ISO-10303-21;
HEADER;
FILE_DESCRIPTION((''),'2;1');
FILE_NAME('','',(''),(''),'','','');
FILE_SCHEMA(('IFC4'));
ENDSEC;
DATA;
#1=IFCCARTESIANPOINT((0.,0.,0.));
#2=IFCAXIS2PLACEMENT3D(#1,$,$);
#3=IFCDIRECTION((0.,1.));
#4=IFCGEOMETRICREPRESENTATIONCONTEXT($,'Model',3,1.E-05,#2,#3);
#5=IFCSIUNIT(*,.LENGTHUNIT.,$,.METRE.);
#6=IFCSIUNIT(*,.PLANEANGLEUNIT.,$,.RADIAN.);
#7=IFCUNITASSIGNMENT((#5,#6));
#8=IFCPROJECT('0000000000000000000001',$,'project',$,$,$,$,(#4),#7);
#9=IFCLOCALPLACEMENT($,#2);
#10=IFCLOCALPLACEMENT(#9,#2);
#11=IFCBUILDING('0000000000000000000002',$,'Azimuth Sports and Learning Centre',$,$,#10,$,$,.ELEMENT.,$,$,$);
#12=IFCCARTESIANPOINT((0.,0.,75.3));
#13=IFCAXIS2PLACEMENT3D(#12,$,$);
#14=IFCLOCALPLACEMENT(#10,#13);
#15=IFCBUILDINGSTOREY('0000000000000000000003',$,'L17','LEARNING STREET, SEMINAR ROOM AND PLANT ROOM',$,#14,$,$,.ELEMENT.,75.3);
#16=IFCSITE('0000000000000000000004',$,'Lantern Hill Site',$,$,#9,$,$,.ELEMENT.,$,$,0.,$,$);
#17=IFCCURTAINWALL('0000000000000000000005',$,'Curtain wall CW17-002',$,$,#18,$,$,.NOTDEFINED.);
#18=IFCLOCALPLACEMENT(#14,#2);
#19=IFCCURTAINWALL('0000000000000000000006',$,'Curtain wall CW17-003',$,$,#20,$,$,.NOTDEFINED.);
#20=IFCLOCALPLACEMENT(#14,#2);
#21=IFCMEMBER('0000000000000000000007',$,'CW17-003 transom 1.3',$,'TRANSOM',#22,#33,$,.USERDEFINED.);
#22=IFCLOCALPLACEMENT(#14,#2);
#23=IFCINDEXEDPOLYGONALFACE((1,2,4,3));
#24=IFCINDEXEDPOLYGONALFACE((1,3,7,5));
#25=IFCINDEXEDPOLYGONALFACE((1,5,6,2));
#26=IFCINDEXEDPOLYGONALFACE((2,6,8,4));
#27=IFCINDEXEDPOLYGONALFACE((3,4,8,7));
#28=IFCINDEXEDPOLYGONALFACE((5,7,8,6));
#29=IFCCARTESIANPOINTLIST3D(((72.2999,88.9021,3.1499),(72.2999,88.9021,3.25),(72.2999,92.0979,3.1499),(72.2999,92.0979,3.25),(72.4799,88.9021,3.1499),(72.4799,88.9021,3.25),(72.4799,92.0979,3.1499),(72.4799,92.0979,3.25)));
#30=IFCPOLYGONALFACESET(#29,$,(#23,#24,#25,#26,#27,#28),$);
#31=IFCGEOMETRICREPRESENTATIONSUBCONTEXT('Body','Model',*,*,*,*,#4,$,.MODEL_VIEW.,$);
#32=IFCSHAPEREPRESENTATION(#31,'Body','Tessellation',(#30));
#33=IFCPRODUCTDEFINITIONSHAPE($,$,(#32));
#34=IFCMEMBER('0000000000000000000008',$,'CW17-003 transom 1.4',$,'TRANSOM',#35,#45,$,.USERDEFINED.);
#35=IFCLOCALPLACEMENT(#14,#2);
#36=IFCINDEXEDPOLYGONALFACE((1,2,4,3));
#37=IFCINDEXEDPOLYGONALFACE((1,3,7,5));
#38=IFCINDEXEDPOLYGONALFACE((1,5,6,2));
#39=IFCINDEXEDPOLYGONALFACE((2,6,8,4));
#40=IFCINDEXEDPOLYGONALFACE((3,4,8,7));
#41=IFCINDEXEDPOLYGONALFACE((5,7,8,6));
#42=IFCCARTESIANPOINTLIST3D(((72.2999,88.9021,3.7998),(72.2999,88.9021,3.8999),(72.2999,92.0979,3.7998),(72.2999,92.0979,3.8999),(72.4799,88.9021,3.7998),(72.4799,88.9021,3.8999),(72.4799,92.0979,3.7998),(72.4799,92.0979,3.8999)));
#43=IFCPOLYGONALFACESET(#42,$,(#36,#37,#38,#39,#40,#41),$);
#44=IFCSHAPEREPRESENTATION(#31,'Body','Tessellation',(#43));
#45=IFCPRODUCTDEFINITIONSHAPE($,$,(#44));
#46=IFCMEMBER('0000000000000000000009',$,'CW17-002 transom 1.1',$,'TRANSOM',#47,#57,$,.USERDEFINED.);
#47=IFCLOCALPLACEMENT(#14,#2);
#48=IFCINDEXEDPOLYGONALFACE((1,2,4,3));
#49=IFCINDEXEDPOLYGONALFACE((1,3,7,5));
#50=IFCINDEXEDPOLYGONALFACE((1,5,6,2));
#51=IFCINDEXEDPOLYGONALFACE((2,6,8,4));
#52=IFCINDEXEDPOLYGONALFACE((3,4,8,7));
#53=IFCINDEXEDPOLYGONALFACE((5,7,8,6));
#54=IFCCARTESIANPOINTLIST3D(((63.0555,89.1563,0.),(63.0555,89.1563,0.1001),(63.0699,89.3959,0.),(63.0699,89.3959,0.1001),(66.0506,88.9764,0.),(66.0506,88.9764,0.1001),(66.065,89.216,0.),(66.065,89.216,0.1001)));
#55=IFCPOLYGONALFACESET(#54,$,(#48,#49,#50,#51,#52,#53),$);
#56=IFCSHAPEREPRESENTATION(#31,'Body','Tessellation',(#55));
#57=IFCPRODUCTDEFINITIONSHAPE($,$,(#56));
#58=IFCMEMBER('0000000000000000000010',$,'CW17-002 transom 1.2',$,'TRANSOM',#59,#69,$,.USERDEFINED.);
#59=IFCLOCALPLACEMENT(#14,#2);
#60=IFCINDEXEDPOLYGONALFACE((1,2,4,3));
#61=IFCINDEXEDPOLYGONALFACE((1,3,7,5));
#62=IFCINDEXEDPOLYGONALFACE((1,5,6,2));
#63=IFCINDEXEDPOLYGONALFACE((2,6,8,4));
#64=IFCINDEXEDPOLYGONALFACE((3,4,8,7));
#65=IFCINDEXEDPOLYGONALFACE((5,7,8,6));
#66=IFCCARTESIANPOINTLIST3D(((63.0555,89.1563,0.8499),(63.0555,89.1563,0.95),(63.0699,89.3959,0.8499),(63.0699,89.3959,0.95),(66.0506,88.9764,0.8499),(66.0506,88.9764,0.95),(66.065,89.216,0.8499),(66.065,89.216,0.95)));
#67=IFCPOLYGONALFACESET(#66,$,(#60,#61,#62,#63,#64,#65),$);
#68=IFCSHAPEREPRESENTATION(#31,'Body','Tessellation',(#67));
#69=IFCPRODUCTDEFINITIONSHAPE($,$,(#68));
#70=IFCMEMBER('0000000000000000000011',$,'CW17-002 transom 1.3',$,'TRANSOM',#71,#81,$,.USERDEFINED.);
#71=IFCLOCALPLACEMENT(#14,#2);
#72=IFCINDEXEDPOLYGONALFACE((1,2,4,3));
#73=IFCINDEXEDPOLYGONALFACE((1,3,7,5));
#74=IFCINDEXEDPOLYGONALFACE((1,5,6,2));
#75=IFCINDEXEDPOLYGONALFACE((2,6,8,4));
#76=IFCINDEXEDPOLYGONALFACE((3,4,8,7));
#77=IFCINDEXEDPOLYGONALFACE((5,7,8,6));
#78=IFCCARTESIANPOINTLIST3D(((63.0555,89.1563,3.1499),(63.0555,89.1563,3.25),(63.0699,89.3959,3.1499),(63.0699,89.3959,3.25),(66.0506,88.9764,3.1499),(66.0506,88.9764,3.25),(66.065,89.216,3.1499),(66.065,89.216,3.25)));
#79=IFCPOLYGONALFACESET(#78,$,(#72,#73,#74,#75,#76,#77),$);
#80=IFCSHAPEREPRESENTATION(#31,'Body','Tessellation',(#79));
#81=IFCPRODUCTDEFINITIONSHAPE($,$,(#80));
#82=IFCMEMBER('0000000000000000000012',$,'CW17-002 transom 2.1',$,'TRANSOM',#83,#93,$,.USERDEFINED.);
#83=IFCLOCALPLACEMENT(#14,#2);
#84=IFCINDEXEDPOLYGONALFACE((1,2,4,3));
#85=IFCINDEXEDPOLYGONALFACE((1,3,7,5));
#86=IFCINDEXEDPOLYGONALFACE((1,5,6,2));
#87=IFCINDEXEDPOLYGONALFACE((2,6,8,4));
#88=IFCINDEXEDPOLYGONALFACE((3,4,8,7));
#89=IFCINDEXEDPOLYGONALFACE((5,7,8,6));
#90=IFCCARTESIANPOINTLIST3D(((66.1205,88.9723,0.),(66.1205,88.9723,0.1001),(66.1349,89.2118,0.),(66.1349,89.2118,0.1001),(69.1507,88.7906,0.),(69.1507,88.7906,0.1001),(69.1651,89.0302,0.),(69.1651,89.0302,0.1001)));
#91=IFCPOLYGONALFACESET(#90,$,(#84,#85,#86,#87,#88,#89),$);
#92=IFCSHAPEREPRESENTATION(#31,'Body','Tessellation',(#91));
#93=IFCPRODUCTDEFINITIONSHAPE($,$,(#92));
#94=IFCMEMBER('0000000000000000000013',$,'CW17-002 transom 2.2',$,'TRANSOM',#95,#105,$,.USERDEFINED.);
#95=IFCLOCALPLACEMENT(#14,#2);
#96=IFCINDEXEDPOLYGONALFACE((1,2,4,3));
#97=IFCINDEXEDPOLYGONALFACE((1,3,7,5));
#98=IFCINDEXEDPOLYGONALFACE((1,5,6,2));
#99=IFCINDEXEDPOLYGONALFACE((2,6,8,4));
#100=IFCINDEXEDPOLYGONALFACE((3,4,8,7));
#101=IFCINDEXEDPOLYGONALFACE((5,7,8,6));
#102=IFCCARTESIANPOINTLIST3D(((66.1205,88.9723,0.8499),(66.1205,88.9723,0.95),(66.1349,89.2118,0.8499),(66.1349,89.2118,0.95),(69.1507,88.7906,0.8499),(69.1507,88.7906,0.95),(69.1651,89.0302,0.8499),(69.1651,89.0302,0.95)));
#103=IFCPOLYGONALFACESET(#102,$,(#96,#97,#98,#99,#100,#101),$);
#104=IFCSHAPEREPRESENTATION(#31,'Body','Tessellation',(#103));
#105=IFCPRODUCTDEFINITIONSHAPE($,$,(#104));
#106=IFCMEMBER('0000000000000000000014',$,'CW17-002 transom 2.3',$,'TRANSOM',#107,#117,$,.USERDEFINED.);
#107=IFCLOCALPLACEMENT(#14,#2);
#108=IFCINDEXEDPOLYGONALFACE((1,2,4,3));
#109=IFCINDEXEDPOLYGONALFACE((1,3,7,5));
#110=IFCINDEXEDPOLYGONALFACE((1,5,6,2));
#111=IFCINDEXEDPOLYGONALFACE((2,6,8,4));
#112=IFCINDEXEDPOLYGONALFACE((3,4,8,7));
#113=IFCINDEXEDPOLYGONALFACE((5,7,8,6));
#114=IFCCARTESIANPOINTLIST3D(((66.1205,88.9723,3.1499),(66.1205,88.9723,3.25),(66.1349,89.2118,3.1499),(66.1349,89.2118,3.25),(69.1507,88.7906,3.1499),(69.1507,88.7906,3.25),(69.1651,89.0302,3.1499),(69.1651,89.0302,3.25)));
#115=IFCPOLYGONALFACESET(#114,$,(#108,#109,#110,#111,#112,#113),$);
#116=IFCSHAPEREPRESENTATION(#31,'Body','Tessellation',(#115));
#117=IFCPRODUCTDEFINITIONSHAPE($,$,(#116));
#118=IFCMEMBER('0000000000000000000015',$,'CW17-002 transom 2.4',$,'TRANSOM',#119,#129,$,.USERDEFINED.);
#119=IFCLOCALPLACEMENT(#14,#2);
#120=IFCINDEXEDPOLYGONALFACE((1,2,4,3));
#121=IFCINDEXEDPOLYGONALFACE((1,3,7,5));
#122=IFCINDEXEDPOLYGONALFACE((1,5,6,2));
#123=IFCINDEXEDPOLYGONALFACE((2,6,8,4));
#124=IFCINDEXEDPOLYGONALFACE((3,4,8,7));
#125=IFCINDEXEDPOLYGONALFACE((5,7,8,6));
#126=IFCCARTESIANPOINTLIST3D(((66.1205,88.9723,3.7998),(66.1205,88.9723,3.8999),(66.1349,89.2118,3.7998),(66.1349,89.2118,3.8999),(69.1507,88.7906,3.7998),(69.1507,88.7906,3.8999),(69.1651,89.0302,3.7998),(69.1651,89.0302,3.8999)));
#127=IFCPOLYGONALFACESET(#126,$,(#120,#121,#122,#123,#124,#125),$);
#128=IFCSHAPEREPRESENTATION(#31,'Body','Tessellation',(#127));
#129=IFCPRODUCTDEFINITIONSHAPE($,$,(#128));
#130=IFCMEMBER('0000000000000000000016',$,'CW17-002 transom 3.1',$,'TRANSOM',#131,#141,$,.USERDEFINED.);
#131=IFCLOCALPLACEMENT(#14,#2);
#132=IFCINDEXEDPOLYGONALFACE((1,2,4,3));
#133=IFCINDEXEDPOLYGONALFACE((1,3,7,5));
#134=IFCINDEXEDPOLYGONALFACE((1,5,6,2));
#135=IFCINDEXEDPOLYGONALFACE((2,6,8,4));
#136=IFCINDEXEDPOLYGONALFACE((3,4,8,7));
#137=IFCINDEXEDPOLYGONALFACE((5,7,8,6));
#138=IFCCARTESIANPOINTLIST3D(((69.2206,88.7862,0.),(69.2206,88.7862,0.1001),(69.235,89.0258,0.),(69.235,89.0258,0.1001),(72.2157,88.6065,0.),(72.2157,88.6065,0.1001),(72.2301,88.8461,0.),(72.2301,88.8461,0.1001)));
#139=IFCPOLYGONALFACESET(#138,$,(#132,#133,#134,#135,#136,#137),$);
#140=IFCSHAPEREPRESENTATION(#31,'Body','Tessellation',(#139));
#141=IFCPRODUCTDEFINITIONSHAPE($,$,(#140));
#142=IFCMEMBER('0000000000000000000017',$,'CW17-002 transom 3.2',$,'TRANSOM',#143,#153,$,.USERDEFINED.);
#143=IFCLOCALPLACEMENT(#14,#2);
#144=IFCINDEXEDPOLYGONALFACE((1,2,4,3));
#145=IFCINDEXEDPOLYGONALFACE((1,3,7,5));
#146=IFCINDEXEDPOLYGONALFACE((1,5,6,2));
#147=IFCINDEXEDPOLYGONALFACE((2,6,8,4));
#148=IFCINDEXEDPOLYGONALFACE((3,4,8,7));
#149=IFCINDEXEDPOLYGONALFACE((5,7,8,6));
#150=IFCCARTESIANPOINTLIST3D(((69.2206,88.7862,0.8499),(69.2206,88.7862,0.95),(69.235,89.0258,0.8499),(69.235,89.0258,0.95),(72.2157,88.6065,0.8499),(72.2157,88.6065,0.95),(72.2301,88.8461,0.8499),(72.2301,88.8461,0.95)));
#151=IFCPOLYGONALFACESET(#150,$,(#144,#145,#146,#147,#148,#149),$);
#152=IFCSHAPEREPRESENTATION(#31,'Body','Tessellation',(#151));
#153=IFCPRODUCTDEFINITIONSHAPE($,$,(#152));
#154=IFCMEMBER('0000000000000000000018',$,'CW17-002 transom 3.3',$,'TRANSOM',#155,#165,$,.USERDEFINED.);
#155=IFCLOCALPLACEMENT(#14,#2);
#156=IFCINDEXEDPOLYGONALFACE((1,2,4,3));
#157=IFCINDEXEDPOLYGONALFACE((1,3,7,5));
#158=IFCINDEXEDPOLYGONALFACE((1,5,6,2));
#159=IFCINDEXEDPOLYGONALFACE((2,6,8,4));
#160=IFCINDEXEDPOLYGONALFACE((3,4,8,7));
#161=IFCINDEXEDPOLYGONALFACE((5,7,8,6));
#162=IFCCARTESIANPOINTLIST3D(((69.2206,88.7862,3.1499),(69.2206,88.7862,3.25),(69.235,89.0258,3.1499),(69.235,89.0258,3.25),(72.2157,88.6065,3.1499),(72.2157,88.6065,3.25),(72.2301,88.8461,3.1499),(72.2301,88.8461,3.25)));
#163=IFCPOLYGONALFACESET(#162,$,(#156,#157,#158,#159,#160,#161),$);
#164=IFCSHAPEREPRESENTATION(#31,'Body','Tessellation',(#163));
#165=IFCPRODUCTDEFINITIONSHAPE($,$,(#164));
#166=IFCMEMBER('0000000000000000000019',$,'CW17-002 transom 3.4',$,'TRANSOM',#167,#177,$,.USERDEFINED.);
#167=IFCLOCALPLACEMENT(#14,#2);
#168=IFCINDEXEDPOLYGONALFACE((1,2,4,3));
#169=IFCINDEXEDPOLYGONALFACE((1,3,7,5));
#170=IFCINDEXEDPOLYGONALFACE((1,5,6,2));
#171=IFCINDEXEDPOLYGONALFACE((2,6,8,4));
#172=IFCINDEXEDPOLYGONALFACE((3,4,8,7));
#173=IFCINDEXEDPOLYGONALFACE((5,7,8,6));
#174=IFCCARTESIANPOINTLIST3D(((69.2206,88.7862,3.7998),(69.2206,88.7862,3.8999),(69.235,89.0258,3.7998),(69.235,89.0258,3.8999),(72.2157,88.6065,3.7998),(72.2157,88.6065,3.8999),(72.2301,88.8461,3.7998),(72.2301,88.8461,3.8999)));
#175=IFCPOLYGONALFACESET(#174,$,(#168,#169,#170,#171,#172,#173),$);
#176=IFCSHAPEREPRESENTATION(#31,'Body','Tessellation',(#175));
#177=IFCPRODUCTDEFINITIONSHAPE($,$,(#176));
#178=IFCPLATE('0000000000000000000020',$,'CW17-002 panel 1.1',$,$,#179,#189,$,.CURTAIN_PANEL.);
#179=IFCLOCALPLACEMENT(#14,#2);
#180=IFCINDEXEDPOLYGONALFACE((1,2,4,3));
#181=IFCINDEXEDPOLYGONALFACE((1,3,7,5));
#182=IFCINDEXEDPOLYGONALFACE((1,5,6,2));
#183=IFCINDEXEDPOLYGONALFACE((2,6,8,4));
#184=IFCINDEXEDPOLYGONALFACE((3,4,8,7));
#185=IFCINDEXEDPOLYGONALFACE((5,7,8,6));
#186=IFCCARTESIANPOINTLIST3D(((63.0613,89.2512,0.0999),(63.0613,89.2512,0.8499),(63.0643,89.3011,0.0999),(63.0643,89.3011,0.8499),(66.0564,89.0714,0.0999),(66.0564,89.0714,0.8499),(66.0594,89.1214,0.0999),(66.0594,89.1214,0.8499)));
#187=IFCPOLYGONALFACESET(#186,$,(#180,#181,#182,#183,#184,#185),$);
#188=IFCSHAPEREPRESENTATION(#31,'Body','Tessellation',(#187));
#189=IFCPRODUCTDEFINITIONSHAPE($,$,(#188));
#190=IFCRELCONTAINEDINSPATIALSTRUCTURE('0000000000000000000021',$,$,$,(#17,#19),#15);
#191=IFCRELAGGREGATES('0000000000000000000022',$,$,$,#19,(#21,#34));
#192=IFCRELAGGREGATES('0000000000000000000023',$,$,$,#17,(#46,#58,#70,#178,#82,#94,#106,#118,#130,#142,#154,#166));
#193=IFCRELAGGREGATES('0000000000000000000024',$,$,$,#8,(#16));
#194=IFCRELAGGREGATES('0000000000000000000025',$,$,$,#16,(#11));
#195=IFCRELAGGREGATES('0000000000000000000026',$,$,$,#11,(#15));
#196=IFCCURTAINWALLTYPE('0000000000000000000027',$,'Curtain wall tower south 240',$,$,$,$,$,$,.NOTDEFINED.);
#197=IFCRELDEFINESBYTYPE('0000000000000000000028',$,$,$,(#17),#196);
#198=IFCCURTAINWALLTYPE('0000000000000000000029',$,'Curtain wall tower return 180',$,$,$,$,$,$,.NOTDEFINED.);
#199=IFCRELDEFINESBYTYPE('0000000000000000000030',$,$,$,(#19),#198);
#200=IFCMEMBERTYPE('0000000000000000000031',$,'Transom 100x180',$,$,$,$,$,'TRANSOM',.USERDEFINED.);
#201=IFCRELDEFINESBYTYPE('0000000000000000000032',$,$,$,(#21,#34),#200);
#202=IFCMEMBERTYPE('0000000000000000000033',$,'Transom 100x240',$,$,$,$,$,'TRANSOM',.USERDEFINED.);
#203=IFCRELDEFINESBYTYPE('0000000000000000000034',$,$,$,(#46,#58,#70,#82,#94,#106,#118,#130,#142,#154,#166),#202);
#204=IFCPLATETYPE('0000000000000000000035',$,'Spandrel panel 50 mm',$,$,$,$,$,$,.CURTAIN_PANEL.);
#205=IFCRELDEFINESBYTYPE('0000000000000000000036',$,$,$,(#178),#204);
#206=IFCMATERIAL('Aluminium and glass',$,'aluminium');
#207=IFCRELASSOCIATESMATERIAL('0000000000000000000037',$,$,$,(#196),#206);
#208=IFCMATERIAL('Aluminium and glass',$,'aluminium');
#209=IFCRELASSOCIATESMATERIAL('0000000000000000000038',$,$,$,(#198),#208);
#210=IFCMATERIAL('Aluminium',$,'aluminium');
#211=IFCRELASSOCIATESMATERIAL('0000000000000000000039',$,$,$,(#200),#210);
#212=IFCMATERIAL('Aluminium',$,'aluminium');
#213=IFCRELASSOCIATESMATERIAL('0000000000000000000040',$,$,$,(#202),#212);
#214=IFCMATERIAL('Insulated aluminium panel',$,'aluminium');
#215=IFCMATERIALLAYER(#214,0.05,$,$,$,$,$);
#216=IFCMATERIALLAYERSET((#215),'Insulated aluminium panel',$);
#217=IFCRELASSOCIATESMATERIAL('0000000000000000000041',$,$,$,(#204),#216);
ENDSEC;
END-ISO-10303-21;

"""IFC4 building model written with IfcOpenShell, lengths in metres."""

from ifc_helpers import new_model, si_unit, direction, frame, origin, origin_2d, place, context, subcontext, project, spatial, rectangle, extrude, material, layer, layer_set, material_profile, profile_set, type_object, element, aggregate, save


model = new_model("IFC4")

# Units and contexts
model_context = context("Model", 3, precision=1e-05, world=origin(), true_north=direction((0.0, 1.0)))
body_context = subcontext(model_context, "Body", "Model", "MODEL_VIEW")
ifc_project = project(units=[si_unit("LENGTHUNIT", "METRE"), si_unit("PLANEANGLEUNIT", "RADIAN")], contexts=[model_context])

# Site, building, storey
site_placement = place(None, origin())
site = spatial("IfcSite", under=ifc_project, at=site_placement, Name="Lantern Hill Site", CompositionType="ELEMENT", RefElevation=0.0)
building_placement = place(site_placement, origin())
building = spatial("IfcBuilding", under=site, at=building_placement, Name="Azimuth Sports and Learning Centre", CompositionType="ELEMENT")
storey_placement = place(building_placement, frame((0.0, 0.0, 75.3)))
storey = spatial("IfcBuildingStorey", under=building, at=storey_placement, Name="L17", Description="LEARNING STREET, SEMINAR ROOM AND PLANT ROOM", CompositionType="ELEMENT", Elevation=75.3)

# Curtain walls, members
ifc_material_1 = material(Name="Aluminium and glass", Category="aluminium")
curtain_wall_type_1 = type_object("IfcCurtainWallType", Name="Curtain wall tower south 240", PredefinedType="NOTDEFINED", material=ifc_material_1)
curtain_wall_1_placement = place(storey_placement, origin())
curtain_wall_1 = element("IfcCurtainWall", 1, at=curtain_wall_1_placement, inside=storey, type_object=curtain_wall_type_1, Name="Curtain wall CW17-002", PredefinedType="NOTDEFINED")
ifc_material_2 = material(Name="Aluminium and glass", Category="aluminium")
curtain_wall_type_2 = type_object("IfcCurtainWallType", Name="Curtain wall tower return 180", PredefinedType="NOTDEFINED", material=ifc_material_2)
curtain_wall_2_placement = place(storey_placement, origin())
curtain_wall_2 = element("IfcCurtainWall", 2, at=curtain_wall_2_placement, inside=storey, type_object=curtain_wall_type_2, Name="Curtain wall CW17-003", PredefinedType="NOTDEFINED")
ifc_material_3 = material(Name="Aluminium", Category="aluminium")
ifc_material_profile_1 = material_profile(ifc_material_3, rectangle(XDim=0.1799, YDim=0.1001, at=origin_2d()), Name="Transom 100x180")
ifc_profile_set_1 = profile_set([ifc_material_profile_1], Name="Aluminium")
member_type_1 = type_object("IfcMemberType", Name="Transom 100x180", ElementType="TRANSOM", PredefinedType="USERDEFINED", material=ifc_profile_set_1)
member_1_placement = place(storey_placement, frame((72.3899, 88.9021, 3.2), z_axis=(0.0, 1.0, 0.0), x_axis=(-1.0, 0.0, 0.0)))
member_1 = element("IfcMember", 3, at=member_1_placement, type_object=member_type_1, Name="CW17-003 transom 1.3", ObjectType="TRANSOM", PredefinedType="USERDEFINED", context=body_context, shape_type="SweptSolid", body=[
    extrude(rectangle(XDim=0.1799, YDim=0.1001, at=origin_2d()), origin(), (0.0, 0.0, 1.0), 3.1958),
])
member_2_placement = place(storey_placement, frame((72.3899, 88.9021, 3.8499), z_axis=(0.0, 1.0, 0.0), x_axis=(-1.0, 0.0, 0.0)))
member_2 = element("IfcMember", 4, at=member_2_placement, type_object=member_type_1, Name="CW17-003 transom 1.4", ObjectType="TRANSOM", PredefinedType="USERDEFINED", context=body_context, shape_type="SweptSolid", body=[
    extrude(rectangle(XDim=0.1799, YDim=0.1001, at=origin_2d()), origin(), (0.0, 0.0, 1.0), 3.1958),
])
aggregate(curtain_wall_2, [member_1, member_2])

# Members
ifc_material_4 = material(Name="Aluminium", Category="aluminium")
ifc_material_profile_2 = material_profile(ifc_material_4, rectangle(XDim=0.24, YDim=0.1001, at=origin_2d()), Name="Transom 100x240")
ifc_profile_set_2 = profile_set([ifc_material_profile_2], Name="Aluminium")
member_type_2 = type_object("IfcMemberType", Name="Transom 100x240", ElementType="TRANSOM", PredefinedType="USERDEFINED", material=ifc_profile_set_2)
member_3_placement = place(storey_placement, frame((63.0627, 89.2761, 0.05), z_axis=(0.9982, -0.059967, 0.0), x_axis=(0.059967, 0.9982, 0.0)))
member_3 = element("IfcMember", 5, at=member_3_placement, type_object=member_type_2, Name="CW17-002 transom 1.1", ObjectType="TRANSOM", PredefinedType="USERDEFINED", context=body_context, shape_type="SweptSolid", body=[
    extrude(rectangle(XDim=0.24, YDim=0.1001, at=origin_2d()), origin(), (0.0, 0.0, 1.0), 3.0005),
])
member_4_placement = place(storey_placement, frame((63.0627, 89.2761, 0.8999), z_axis=(0.9982, -0.059967, 0.0), x_axis=(0.059967, 0.9982, 0.0)))
member_4 = element("IfcMember", 6, at=member_4_placement, type_object=member_type_2, Name="CW17-002 transom 1.2", ObjectType="TRANSOM", PredefinedType="USERDEFINED", context=body_context, shape_type="SweptSolid", body=[
    extrude(rectangle(XDim=0.24, YDim=0.1001, at=origin_2d()), origin(), (0.0, 0.0, 1.0), 3.0005),
])
member_5_placement = place(storey_placement, frame((63.0627, 89.2761, 3.2), z_axis=(0.9982, -0.059967, 0.0), x_axis=(0.059967, 0.9982, 0.0)))
member_5 = element("IfcMember", 7, at=member_5_placement, type_object=member_type_2, Name="CW17-002 transom 1.3", ObjectType="TRANSOM", PredefinedType="USERDEFINED", context=body_context, shape_type="SweptSolid", body=[
    extrude(rectangle(XDim=0.24, YDim=0.1001, at=origin_2d()), origin(), (0.0, 0.0, 1.0), 3.0005),
])
member_6_placement = place(storey_placement, frame((66.1277, 89.092, 0.05), z_axis=(0.998208, -0.059835, 0.0), x_axis=(0.059835, 0.998208, 0.0)))
member_6 = element("IfcMember", 8, at=member_6_placement, type_object=member_type_2, Name="CW17-002 transom 2.1", ObjectType="TRANSOM", PredefinedType="USERDEFINED", context=body_context, shape_type="SweptSolid", body=[
    extrude(rectangle(XDim=0.24, YDim=0.1001, at=origin_2d()), origin(), (0.0, 0.0, 1.0), 3.0356),
])
member_7_placement = place(storey_placement, frame((66.1277, 89.092, 0.8999), z_axis=(0.998208, -0.059835, 0.0), x_axis=(0.059835, 0.998208, 0.0)))
member_7 = element("IfcMember", 9, at=member_7_placement, type_object=member_type_2, Name="CW17-002 transom 2.2", ObjectType="TRANSOM", PredefinedType="USERDEFINED", context=body_context, shape_type="SweptSolid", body=[
    extrude(rectangle(XDim=0.24, YDim=0.1001, at=origin_2d()), origin(), (0.0, 0.0, 1.0), 3.0356),
])
member_8_placement = place(storey_placement, frame((66.1277, 89.092, 3.2), z_axis=(0.998208, -0.059835, 0.0), x_axis=(0.059835, 0.998208, 0.0)))
member_8 = element("IfcMember", 10, at=member_8_placement, type_object=member_type_2, Name="CW17-002 transom 2.3", ObjectType="TRANSOM", PredefinedType="USERDEFINED", context=body_context, shape_type="SweptSolid", body=[
    extrude(rectangle(XDim=0.24, YDim=0.1001, at=origin_2d()), origin(), (0.0, 0.0, 1.0), 3.0356),
])
member_9_placement = place(storey_placement, frame((66.1277, 89.092, 3.8499), z_axis=(0.998208, -0.059835, 0.0), x_axis=(0.059835, 0.998208, 0.0)))
member_9 = element("IfcMember", 11, at=member_9_placement, type_object=member_type_2, Name="CW17-002 transom 2.4", ObjectType="TRANSOM", PredefinedType="USERDEFINED", context=body_context, shape_type="SweptSolid", body=[
    extrude(rectangle(XDim=0.24, YDim=0.1001, at=origin_2d()), origin(), (0.0, 0.0, 1.0), 3.0356),
])
member_10_placement = place(storey_placement, frame((69.2278, 88.906, 0.05), z_axis=(0.998205, -0.059886, 0.0), x_axis=(0.059886, 0.998205, 0.0)))
member_10 = element("IfcMember", 12, at=member_10_placement, type_object=member_type_2, Name="CW17-002 transom 3.1", ObjectType="TRANSOM", PredefinedType="USERDEFINED", context=body_context, shape_type="SweptSolid", body=[
    extrude(rectangle(XDim=0.24, YDim=0.1001, at=origin_2d()), origin(), (0.0, 0.0, 1.0), 3.0005),
])
member_11_placement = place(storey_placement, frame((69.2278, 88.906, 0.8999), z_axis=(0.998205, -0.059886, 0.0), x_axis=(0.059886, 0.998205, 0.0)))
member_11 = element("IfcMember", 13, at=member_11_placement, type_object=member_type_2, Name="CW17-002 transom 3.2", ObjectType="TRANSOM", PredefinedType="USERDEFINED", context=body_context, shape_type="SweptSolid", body=[
    extrude(rectangle(XDim=0.24, YDim=0.1001, at=origin_2d()), origin(), (0.0, 0.0, 1.0), 3.0005),
])
member_12_placement = place(storey_placement, frame((69.2278, 88.906, 3.2), z_axis=(0.998205, -0.059886, 0.0), x_axis=(0.059886, 0.998205, 0.0)))
member_12 = element("IfcMember", 14, at=member_12_placement, type_object=member_type_2, Name="CW17-002 transom 3.3", ObjectType="TRANSOM", PredefinedType="USERDEFINED", context=body_context, shape_type="SweptSolid", body=[
    extrude(rectangle(XDim=0.24, YDim=0.1001, at=origin_2d()), origin(), (0.0, 0.0, 1.0), 3.0005),
])
member_13_placement = place(storey_placement, frame((69.2278, 88.906, 3.8499), z_axis=(0.998205, -0.059886, 0.0), x_axis=(0.059886, 0.998205, 0.0)))
member_13 = element("IfcMember", 15, at=member_13_placement, type_object=member_type_2, Name="CW17-002 transom 3.4", ObjectType="TRANSOM", PredefinedType="USERDEFINED", context=body_context, shape_type="SweptSolid", body=[
    extrude(rectangle(XDim=0.24, YDim=0.1001, at=origin_2d()), origin(), (0.0, 0.0, 1.0), 3.0005),
])

# Plate
ifc_material_5 = material(Name="Insulated aluminium panel", Category="aluminium")
ifc_layer_1 = layer(ifc_material_5, 0.05)
ifc_layer_set_1 = layer_set([ifc_layer_1], Name="Insulated aluminium panel")
plate_type_1 = type_object("IfcPlateType", Name="Spandrel panel 50 mm", PredefinedType="CURTAIN_PANEL", material=ifc_layer_set_1)
plate_1_placement = place(storey_placement, frame((64.5603, 89.1863, 0.0999), z_axis=(0.0, 0.0, 1.0), x_axis=(0.998205, -0.059892, 0.0)))
plate_1 = element("IfcPlate", 16, at=plate_1_placement, type_object=plate_type_1, Name="CW17-002 panel 1.1", PredefinedType="CURTAIN_PANEL", context=body_context, shape_type="SweptSolid", body=[
    extrude(rectangle(XDim=3.0005, YDim=0.05, at=origin_2d()), origin(), (0.0, 0.0, 1.0), 0.75),
])
aggregate(curtain_wall_1, [member_3, member_4, member_5, plate_1, member_6, member_7, member_8, member_9, member_10, member_11, member_12, member_13])

save(model, "model.ifc")
